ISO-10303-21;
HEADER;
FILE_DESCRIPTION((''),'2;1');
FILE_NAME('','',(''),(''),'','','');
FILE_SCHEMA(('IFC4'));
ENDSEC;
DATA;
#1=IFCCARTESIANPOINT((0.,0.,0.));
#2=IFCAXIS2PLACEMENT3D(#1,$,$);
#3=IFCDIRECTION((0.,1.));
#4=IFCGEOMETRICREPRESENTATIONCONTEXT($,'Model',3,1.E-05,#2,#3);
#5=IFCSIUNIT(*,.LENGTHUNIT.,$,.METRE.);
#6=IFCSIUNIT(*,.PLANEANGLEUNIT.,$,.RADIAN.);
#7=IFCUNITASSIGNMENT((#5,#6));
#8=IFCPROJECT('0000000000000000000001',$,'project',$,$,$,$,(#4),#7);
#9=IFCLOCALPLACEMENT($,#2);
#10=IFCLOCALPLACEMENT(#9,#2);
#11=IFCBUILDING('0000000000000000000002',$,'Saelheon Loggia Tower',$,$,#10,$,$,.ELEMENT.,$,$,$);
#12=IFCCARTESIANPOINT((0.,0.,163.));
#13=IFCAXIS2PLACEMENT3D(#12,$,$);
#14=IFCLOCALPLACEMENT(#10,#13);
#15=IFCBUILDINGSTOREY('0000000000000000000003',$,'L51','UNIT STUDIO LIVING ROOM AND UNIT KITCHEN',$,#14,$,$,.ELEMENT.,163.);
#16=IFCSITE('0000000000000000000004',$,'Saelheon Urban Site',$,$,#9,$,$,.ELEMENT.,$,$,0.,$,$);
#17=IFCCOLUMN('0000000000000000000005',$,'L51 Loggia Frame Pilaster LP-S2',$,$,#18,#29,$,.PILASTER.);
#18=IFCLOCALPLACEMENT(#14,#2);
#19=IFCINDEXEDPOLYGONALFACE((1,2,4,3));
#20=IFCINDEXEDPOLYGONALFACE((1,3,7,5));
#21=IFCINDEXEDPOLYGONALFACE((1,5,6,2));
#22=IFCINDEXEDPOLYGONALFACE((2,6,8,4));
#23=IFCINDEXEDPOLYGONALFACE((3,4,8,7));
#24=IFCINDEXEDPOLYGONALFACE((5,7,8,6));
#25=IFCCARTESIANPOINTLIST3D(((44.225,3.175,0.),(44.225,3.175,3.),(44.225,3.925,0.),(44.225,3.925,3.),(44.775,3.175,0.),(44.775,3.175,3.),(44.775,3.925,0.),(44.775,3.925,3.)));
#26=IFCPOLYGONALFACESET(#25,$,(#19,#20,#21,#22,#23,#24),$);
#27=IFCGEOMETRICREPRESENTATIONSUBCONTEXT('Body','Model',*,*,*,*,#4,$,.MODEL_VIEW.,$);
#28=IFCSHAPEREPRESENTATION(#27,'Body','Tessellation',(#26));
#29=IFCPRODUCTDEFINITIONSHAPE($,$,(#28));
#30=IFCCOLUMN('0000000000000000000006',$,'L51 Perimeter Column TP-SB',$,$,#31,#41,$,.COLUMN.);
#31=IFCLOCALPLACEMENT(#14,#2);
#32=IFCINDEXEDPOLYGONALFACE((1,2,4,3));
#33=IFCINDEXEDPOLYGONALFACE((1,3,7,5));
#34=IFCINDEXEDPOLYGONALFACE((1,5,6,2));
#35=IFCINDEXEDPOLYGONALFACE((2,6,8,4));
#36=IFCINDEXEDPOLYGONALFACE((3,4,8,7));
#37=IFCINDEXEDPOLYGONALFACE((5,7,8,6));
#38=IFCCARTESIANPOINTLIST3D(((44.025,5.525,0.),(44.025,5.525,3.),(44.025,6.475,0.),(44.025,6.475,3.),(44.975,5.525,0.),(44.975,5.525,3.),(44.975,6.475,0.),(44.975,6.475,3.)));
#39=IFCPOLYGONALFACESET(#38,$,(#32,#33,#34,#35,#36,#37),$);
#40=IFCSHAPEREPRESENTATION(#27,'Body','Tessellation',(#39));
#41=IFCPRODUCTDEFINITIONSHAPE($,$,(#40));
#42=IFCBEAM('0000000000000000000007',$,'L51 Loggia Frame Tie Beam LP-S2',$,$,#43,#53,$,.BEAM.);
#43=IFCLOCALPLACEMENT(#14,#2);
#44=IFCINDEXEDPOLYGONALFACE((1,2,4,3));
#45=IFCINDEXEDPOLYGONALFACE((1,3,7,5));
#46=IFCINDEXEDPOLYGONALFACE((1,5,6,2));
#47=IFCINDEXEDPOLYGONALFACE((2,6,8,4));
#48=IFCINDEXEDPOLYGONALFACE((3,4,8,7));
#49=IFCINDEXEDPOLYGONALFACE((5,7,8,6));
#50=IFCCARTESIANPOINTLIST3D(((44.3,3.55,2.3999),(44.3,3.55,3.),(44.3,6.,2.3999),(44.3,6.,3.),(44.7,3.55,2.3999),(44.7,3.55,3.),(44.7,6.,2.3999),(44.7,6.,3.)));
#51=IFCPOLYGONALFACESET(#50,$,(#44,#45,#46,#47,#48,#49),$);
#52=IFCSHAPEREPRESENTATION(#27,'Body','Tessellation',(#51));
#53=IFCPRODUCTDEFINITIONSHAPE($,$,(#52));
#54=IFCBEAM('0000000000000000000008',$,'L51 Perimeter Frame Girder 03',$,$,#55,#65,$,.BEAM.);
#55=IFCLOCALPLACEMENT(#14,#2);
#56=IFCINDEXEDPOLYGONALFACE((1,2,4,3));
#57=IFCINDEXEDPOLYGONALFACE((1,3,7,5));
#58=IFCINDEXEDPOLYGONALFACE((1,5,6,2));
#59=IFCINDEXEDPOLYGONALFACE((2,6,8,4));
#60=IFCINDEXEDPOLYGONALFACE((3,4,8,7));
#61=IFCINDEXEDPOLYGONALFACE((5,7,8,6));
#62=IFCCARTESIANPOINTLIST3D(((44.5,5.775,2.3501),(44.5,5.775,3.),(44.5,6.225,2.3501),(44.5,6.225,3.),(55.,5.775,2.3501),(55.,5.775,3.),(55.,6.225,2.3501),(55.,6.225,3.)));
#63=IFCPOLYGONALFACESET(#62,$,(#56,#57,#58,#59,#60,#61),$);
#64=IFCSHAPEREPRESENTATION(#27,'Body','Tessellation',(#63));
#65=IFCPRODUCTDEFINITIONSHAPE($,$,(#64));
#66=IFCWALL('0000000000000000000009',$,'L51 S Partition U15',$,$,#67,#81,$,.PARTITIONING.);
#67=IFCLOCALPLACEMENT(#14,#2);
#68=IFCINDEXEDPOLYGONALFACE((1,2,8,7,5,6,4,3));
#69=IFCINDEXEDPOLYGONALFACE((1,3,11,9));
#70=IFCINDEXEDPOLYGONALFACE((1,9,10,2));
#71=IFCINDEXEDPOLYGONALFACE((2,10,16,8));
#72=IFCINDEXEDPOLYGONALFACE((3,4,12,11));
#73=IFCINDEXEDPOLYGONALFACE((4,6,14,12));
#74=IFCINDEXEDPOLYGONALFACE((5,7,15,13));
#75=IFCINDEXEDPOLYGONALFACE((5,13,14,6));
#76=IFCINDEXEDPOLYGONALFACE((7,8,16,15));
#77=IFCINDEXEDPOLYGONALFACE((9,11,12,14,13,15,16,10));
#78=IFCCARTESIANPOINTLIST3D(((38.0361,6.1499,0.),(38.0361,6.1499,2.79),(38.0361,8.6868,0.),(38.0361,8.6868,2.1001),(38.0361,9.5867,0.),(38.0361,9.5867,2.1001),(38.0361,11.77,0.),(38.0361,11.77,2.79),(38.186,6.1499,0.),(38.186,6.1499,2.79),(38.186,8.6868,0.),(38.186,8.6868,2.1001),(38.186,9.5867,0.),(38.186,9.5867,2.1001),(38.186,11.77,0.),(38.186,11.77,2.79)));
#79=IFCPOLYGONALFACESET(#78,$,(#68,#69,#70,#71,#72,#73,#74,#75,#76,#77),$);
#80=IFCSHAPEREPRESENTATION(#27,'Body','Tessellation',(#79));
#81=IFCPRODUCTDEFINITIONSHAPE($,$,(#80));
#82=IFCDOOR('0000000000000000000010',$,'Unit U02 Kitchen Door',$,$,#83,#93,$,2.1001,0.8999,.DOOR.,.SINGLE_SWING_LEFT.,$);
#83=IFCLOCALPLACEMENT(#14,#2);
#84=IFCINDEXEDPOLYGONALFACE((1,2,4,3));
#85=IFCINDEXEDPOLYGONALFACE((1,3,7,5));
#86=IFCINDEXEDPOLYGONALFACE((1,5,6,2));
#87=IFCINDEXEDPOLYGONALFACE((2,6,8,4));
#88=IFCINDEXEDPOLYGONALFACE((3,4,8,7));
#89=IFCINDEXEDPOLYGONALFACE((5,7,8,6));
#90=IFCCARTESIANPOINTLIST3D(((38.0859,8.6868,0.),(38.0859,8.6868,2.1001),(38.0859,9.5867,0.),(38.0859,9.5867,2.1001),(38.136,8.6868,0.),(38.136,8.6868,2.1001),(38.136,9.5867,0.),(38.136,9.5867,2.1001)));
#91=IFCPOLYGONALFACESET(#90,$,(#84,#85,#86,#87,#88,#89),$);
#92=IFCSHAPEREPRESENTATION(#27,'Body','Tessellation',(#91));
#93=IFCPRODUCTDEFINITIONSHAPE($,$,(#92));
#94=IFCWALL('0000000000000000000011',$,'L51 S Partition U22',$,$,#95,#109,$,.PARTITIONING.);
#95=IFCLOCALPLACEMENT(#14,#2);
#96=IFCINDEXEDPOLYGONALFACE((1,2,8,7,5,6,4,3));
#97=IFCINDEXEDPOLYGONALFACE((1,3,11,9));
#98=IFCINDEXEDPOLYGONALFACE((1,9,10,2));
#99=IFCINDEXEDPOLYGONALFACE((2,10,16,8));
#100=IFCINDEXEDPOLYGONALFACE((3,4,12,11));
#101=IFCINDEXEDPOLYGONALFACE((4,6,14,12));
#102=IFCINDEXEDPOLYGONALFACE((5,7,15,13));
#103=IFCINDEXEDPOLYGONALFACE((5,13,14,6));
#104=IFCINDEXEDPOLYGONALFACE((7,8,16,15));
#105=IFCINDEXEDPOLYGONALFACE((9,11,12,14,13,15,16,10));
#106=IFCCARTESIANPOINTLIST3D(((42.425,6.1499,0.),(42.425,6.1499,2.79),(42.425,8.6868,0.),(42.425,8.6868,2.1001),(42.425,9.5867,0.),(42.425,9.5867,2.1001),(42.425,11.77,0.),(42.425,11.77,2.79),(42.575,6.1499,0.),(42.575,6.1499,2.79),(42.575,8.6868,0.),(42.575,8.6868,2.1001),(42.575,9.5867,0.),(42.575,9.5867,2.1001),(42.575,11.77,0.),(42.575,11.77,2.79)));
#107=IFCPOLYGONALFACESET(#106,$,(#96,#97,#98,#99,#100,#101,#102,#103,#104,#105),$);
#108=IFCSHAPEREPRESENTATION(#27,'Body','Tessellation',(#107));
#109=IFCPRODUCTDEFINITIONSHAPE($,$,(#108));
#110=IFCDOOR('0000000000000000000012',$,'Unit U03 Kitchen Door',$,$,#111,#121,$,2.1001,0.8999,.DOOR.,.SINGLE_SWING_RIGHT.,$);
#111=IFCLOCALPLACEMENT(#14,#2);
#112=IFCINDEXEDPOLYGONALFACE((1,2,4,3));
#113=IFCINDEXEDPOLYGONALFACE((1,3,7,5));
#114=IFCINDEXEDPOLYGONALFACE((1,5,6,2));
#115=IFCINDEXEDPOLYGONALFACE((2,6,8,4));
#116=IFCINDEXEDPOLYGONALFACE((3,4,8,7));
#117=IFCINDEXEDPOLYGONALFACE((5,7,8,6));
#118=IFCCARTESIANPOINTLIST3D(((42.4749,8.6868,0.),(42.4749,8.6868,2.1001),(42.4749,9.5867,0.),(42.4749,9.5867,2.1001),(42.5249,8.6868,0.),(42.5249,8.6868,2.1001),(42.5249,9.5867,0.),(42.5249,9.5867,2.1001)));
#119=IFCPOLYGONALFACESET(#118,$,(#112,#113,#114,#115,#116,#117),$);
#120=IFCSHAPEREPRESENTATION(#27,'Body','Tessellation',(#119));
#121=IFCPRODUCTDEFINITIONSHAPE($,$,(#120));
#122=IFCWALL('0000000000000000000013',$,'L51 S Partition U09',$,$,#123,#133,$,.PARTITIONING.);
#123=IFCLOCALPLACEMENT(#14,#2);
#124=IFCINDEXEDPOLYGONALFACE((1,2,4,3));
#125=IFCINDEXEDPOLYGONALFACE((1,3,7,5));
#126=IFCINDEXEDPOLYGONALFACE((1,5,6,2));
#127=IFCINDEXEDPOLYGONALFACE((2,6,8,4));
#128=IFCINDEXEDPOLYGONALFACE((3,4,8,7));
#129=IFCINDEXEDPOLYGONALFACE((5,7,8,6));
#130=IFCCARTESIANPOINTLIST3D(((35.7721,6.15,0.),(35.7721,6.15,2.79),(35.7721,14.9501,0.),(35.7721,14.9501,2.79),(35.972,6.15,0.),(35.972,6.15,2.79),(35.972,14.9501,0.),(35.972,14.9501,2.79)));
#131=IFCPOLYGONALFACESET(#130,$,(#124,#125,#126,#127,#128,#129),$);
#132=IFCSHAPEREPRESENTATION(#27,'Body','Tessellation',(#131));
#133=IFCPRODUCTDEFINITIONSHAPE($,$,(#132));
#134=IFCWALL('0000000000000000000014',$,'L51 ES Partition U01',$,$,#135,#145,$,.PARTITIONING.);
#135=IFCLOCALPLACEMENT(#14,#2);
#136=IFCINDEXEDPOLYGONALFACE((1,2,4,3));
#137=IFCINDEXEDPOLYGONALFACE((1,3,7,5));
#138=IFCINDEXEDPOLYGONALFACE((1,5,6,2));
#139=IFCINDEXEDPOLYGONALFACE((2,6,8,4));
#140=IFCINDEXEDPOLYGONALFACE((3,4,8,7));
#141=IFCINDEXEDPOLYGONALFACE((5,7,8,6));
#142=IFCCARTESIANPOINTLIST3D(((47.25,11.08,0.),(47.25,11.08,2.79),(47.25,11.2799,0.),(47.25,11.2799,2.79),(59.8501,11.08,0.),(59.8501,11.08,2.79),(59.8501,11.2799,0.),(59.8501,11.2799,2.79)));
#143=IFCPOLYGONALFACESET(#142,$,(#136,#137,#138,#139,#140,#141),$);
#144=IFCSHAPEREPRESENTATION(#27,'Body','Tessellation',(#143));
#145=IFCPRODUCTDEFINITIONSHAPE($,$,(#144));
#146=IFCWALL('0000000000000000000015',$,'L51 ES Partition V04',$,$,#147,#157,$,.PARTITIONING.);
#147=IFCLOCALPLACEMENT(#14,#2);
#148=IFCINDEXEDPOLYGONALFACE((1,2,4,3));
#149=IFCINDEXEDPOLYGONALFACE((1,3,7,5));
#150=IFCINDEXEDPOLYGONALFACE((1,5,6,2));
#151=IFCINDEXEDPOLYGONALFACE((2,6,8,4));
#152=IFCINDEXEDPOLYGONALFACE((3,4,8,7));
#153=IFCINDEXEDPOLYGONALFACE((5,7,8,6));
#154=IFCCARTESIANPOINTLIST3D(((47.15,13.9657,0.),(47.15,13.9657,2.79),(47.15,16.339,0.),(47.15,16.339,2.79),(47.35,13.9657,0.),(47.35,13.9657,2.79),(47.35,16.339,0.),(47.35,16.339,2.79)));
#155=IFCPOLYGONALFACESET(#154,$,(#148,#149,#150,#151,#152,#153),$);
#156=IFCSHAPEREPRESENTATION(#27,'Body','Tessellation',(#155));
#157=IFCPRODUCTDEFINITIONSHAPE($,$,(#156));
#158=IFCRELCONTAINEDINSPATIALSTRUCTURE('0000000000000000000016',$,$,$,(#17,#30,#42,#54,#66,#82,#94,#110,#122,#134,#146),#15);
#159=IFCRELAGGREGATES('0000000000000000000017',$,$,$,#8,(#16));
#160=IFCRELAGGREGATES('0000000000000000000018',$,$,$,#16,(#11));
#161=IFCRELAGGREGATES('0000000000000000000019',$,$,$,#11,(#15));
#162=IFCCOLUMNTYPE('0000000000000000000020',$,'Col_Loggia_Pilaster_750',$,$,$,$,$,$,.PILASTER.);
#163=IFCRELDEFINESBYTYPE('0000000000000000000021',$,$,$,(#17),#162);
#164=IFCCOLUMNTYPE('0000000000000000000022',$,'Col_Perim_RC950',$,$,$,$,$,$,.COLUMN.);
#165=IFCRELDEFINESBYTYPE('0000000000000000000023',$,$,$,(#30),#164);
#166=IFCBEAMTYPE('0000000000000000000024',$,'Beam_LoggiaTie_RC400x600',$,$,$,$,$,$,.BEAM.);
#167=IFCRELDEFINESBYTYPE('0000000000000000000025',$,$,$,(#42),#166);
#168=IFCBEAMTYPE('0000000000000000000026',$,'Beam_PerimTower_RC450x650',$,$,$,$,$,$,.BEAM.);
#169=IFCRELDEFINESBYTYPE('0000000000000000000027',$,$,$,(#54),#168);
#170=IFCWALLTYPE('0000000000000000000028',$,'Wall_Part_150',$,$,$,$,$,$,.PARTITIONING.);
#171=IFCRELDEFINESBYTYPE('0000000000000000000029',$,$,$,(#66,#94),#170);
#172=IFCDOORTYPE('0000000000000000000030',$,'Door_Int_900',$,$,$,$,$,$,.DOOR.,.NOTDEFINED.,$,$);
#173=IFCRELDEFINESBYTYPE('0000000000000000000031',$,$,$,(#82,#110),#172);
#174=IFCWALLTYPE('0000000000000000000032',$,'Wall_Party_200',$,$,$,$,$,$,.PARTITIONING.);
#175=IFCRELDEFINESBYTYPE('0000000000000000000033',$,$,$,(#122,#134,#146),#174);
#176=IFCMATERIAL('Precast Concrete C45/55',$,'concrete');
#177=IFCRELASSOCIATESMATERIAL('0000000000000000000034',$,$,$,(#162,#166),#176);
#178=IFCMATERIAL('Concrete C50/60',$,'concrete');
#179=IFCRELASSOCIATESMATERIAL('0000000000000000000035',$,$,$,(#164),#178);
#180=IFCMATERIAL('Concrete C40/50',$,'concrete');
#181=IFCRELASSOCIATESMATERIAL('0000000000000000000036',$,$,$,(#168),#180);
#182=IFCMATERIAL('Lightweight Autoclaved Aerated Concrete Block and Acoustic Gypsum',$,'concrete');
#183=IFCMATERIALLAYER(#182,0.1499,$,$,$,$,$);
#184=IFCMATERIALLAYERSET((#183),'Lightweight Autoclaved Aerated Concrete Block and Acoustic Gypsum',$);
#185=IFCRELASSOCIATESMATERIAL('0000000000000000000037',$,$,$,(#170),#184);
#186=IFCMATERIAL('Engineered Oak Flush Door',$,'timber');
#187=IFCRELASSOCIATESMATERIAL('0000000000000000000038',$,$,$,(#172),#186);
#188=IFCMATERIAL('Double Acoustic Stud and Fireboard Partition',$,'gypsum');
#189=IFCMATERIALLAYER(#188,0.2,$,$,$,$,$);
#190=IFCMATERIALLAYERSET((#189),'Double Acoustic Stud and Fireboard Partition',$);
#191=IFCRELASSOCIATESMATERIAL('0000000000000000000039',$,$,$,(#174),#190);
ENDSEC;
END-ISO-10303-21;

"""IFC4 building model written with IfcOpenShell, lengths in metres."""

from ifc_helpers import new_model, si_unit, direction, frame, frame_2d, origin, origin_2d, place, context, subcontext, project, spatial, rectangle, extrude, source, transform, mapped, material, layer, layer_set, material_profile, profile_set, type_object, element, fill, save


model = new_model("IFC4")

# Units and contexts
model_context = context("Model", 3, precision=1e-05, world=origin(), true_north=direction((0.0, 1.0)))
body_context = subcontext(model_context, "Body", "Model", "MODEL_VIEW")
ifc_project = project(units=[si_unit("LENGTHUNIT", "METRE"), si_unit("PLANEANGLEUNIT", "RADIAN")], contexts=[model_context])

# Site, building, storey
site_placement = place(None, origin())
site = spatial("IfcSite", under=ifc_project, at=site_placement, Name="Saelheon Urban Site", CompositionType="ELEMENT", RefElevation=0.0)
building_placement = place(site_placement, origin())
building = spatial("IfcBuilding", under=site, at=building_placement, Name="Saelheon Loggia Tower", CompositionType="ELEMENT")
storey_placement = place(building_placement, frame((0.0, 0.0, 163.0)))
storey = spatial("IfcBuildingStorey", under=building, at=storey_placement, Name="L51", Description="UNIT STUDIO LIVING ROOM AND UNIT KITCHEN", CompositionType="ELEMENT", Elevation=163.0)

# Columns
ifc_material_1 = material(Name="Precast Concrete C45/55", Category="concrete")
ifc_material_profile_1 = material_profile(ifc_material_1, rectangle(XDim=0.55, YDim=0.75, at=origin_2d()), Name="RC-550x750")
ifc_profile_set_1 = profile_set([ifc_material_profile_1], Name="Precast Concrete C45/55")
column_type_1 = type_object("IfcColumnType", Name="Col_Loggia_Pilaster_750", PredefinedType="PILASTER", material=ifc_profile_set_1)
shared_shape_1 = source(origin(), body_context, "Body", "SweptSolid", [
    extrude(rectangle(XDim=0.55, YDim=0.75, at=origin_2d()), origin(), (0.0, 0.0, 1.0), 3.0),
])
column_1_placement = place(storey_placement, frame((44.5, 3.55, 0.0), z_axis=(0.0, 0.0, 1.0), x_axis=(1.0, 0.0, 0.0)))
element("IfcColumn", 1, at=column_1_placement, inside=storey, type_object=column_type_1, Name="L51 Loggia Frame Pilaster LP-S2", PredefinedType="PILASTER", context=body_context, shape_type="MappedRepresentation", body=[
    mapped(shared_shape_1, transform((0.0, 0.0, 0.0), scale=1.0)),
])
ifc_material_2 = material(Name="Concrete C50/60", Category="concrete")
ifc_material_profile_2 = material_profile(ifc_material_2, rectangle(XDim=0.95, YDim=0.95, at=origin_2d()), Name="RC-950x950")
ifc_profile_set_2 = profile_set([ifc_material_profile_2], Name="Concrete C50/60")
column_type_2 = type_object("IfcColumnType", Name="Col_Perim_RC950", PredefinedType="COLUMN", material=ifc_profile_set_2)
shared_shape_2 = source(origin(), body_context, "Body", "SweptSolid", [
    extrude(rectangle(XDim=0.95, YDim=0.95, at=origin_2d()), origin(), (0.0, 0.0, 1.0), 3.0),
])
column_2_placement = place(storey_placement, frame((44.5, 6.0, 0.0), z_axis=(0.0, 0.0, 1.0), x_axis=(1.0, 0.0, 0.0)))
element("IfcColumn", 2, at=column_2_placement, inside=storey, type_object=column_type_2, Name="L51 Perimeter Column TP-SB", PredefinedType="COLUMN", context=body_context, shape_type="MappedRepresentation", body=[
    mapped(shared_shape_2, transform((0.0, 0.0, 0.0), scale=1.0)),
])

# Beams
ifc_material_profile_3 = material_profile(ifc_material_1, rectangle(XDim=0.3999, YDim=0.6001, at=origin_2d()), Name="RC-400x600")
ifc_profile_set_3 = profile_set([ifc_material_profile_3], Name="Precast Concrete C45/55")
beam_type_1 = type_object("IfcBeamType", Name="Beam_LoggiaTie_RC400x600", PredefinedType="BEAM", material=ifc_profile_set_3)
shared_shape_3 = source(origin(), body_context, "Body", "SweptSolid", [
    extrude(rectangle(XDim=0.3999, YDim=0.6001, at=origin_2d()), origin(), (0.0, 0.0, 1.0), 2.45),
])
beam_1_placement = place(storey_placement, frame((44.5, 6.0, 2.7), z_axis=(0.0, -1.0, 0.0), x_axis=(1.0, 0.0, 0.0)))
element("IfcBeam", 3, at=beam_1_placement, inside=storey, type_object=beam_type_1, Name="L51 Loggia Frame Tie Beam LP-S2", PredefinedType="BEAM", context=body_context, shape_type="MappedRepresentation", body=[
    mapped(shared_shape_3, transform((0.0, 0.0, 0.0), scale=1.0)),
])
ifc_material_3 = material(Name="Concrete C40/50", Category="concrete")
ifc_material_profile_4 = material_profile(ifc_material_3, rectangle(XDim=0.45, YDim=0.6499, at=origin_2d()), Name="RC-450x650")
ifc_profile_set_4 = profile_set([ifc_material_profile_4], Name="Concrete C40/50")
beam_type_2 = type_object("IfcBeamType", Name="Beam_PerimTower_RC450x650", PredefinedType="BEAM", material=ifc_profile_set_4)
shared_shape_4 = source(origin(), body_context, "Body", "SweptSolid", [
    extrude(rectangle(XDim=0.45, YDim=0.6499, at=origin_2d()), origin(), (0.0, 0.0, 1.0), 10.5),
])
beam_2_placement = place(storey_placement, frame((44.5, 6.0, 2.675), z_axis=(1.0, 0.0, 0.0), x_axis=(0.0, 1.0, 0.0)))
element("IfcBeam", 4, at=beam_2_placement, inside=storey, type_object=beam_type_2, Name="L51 Perimeter Frame Girder 03", PredefinedType="BEAM", context=body_context, shape_type="MappedRepresentation", body=[
    mapped(shared_shape_4, transform((0.0, 0.0, 0.0), scale=1.0)),
])

# Walls, openings, doors
ifc_material_4 = material(Name="Lightweight Autoclaved Aerated Concrete Block and Acoustic Gypsum", Category="concrete")
ifc_layer_1 = layer(ifc_material_4, 0.1499)
ifc_layer_set_1 = layer_set([ifc_layer_1], Name="Lightweight Autoclaved Aerated Concrete Block and Acoustic Gypsum")
wall_type_1 = type_object("IfcWallType", Name="Wall_Part_150", PredefinedType="PARTITIONING", material=ifc_layer_set_1)
wall_1_placement = place(storey_placement, frame((38.1111, 11.77, 0.0), z_axis=(0.0, 0.0, 1.0), x_axis=(0.0, -1.0, 0.0)))
wall_1 = element("IfcWall", 5, at=wall_1_placement, inside=storey, type_object=wall_type_1, Name="L51 S Partition U15", PredefinedType="PARTITIONING", context=body_context, shape_type="SweptSolid", body=[
    extrude(rectangle(XDim=5.6201, YDim=0.1499, at=frame_2d((2.8101, 0.0))), origin(), (0.0, 0.0, 1.0), 2.79),
])
opening_1_placement = place(wall_1_placement, frame((2.1833, 0.0, 0.0)))
opening_1 = element("IfcOpeningElement", 6, at=opening_1_placement, cuts=wall_1, PredefinedType="OPENING", context=body_context, shape_type="SweptSolid", body=[
    extrude(rectangle(XDim=0.8999, YDim=2.1001, at=frame_2d((0.45, 1.05))), frame((0.0, 0.0869, 0.0), z_axis=(0.0, -1.0, 0.0), x_axis=(1.0, 0.0, 0.0)), (0.0, 0.0, 1.0), 0.1738),
])
ifc_material_5 = material(Name="Engineered Oak Flush Door", Category="timber")
door_type_1 = type_object("IfcDoorType", Name="Door_Int_900", OperationType="NOTDEFINED", PredefinedType="DOOR", material=ifc_material_5)
shared_shape_5 = source(origin(), body_context, "Body", "SweptSolid", [
    extrude(rectangle(XDim=0.8999, YDim=2.1001, at=frame_2d((0.45, 1.05))), frame((0.0, 0.0249, 0.0), z_axis=(0.0, -1.0, 0.0), x_axis=(1.0, 0.0, 0.0)), (0.0, 0.0, 1.0), 0.05),
])
door_1_placement = place(opening_1_placement, origin())
door_1 = element("IfcDoor", 7, at=door_1_placement, inside=storey, type_object=door_type_1, Name="Unit U02 Kitchen Door", OperationType="SINGLE_SWING_LEFT", OverallHeight=2.1001, OverallWidth=0.8999, PredefinedType="DOOR", context=body_context, shape_type="MappedRepresentation", body=[
    mapped(shared_shape_5, transform((0.0, 0.0, 0.0), scale=1.0)),
])
fill(opening_1, door_1)
wall_2_placement = place(storey_placement, frame((42.5, 11.77, 0.0), z_axis=(0.0, 0.0, 1.0), x_axis=(0.0, -1.0, 0.0)))
wall_2 = element("IfcWall", 8, at=wall_2_placement, inside=storey, type_object=wall_type_1, Name="L51 S Partition U22", PredefinedType="PARTITIONING", context=body_context, shape_type="SweptSolid", body=[
    extrude(rectangle(XDim=5.6201, YDim=0.1499, at=frame_2d((2.8101, 0.0))), origin(), (0.0, 0.0, 1.0), 2.79),
])
opening_2_placement = place(wall_2_placement, frame((2.1833, 0.0, 0.0)))
opening_2 = element("IfcOpeningElement", 9, at=opening_2_placement, cuts=wall_2, PredefinedType="OPENING", context=body_context, shape_type="SweptSolid", body=[
    extrude(rectangle(XDim=0.8999, YDim=2.1001, at=frame_2d((0.45, 1.05))), frame((0.0, 0.0869, 0.0), z_axis=(0.0, -1.0, 0.0), x_axis=(1.0, 0.0, 0.0)), (0.0, 0.0, 1.0), 0.1738),
])
door_2_placement = place(opening_2_placement, origin())
door_2 = element("IfcDoor", 10, at=door_2_placement, inside=storey, type_object=door_type_1, Name="Unit U03 Kitchen Door", OperationType="SINGLE_SWING_RIGHT", OverallHeight=2.1001, OverallWidth=0.8999, PredefinedType="DOOR", context=body_context, shape_type="MappedRepresentation", body=[
    mapped(shared_shape_5, transform((0.0, 0.0, 0.0), scale=1.0)),
])
fill(opening_2, door_2)

# Wall
ifc_material_6 = material(Name="Double Acoustic Stud and Fireboard Partition", Category="gypsum")
ifc_layer_2 = layer(ifc_material_6, 0.2)
ifc_layer_set_2 = layer_set([ifc_layer_2], Name="Double Acoustic Stud and Fireboard Partition")
wall_type_2 = type_object("IfcWallType", Name="Wall_Party_200", PredefinedType="PARTITIONING", material=ifc_layer_set_2)
wall_3_placement = place(storey_placement, frame((35.8721, 14.95, 0.0), z_axis=(0.0, 0.0, 1.0), x_axis=(0.0, -1.0, 0.0)))
element("IfcWall", 11, at=wall_3_placement, inside=storey, type_object=wall_type_2, Name="L51 S Partition U09", PredefinedType="PARTITIONING", context=body_context, shape_type="SweptSolid", body=[
    extrude(rectangle(XDim=8.8, YDim=0.2, at=frame_2d((4.3999, 0.0))), origin(), (0.0, 0.0, 1.0), 2.79),
])

# Wall
wall_4_placement = place(storey_placement, frame((47.25, 11.1799, 0.0), z_axis=(0.0, 0.0, 1.0), x_axis=(1.0, 0.0, 0.0)))
element("IfcWall", 12, at=wall_4_placement, inside=storey, type_object=wall_type_2, Name="L51 ES Partition U01", PredefinedType="PARTITIONING", context=body_context, shape_type="SweptSolid", body=[
    extrude(rectangle(XDim=12.6001, YDim=0.2, at=frame_2d((6.3, 0.0))), origin(), (0.0, 0.0, 1.0), 2.79),
])

# Wall
wall_5_placement = place(storey_placement, frame((47.25, 13.9658, 0.0), z_axis=(0.0, 0.0, 1.0), x_axis=(0.0, 1.0, 0.0)))
element("IfcWall", 13, at=wall_5_placement, inside=storey, type_object=wall_type_2, Name="L51 ES Partition V04", PredefinedType="PARTITIONING", context=body_context, shape_type="SweptSolid", body=[
    extrude(rectangle(XDim=2.3733, YDim=0.2, at=frame_2d((1.1865, 0.0))), origin(), (0.0, 0.0, 1.0), 2.79),
])

save(model, "model.ifc")
